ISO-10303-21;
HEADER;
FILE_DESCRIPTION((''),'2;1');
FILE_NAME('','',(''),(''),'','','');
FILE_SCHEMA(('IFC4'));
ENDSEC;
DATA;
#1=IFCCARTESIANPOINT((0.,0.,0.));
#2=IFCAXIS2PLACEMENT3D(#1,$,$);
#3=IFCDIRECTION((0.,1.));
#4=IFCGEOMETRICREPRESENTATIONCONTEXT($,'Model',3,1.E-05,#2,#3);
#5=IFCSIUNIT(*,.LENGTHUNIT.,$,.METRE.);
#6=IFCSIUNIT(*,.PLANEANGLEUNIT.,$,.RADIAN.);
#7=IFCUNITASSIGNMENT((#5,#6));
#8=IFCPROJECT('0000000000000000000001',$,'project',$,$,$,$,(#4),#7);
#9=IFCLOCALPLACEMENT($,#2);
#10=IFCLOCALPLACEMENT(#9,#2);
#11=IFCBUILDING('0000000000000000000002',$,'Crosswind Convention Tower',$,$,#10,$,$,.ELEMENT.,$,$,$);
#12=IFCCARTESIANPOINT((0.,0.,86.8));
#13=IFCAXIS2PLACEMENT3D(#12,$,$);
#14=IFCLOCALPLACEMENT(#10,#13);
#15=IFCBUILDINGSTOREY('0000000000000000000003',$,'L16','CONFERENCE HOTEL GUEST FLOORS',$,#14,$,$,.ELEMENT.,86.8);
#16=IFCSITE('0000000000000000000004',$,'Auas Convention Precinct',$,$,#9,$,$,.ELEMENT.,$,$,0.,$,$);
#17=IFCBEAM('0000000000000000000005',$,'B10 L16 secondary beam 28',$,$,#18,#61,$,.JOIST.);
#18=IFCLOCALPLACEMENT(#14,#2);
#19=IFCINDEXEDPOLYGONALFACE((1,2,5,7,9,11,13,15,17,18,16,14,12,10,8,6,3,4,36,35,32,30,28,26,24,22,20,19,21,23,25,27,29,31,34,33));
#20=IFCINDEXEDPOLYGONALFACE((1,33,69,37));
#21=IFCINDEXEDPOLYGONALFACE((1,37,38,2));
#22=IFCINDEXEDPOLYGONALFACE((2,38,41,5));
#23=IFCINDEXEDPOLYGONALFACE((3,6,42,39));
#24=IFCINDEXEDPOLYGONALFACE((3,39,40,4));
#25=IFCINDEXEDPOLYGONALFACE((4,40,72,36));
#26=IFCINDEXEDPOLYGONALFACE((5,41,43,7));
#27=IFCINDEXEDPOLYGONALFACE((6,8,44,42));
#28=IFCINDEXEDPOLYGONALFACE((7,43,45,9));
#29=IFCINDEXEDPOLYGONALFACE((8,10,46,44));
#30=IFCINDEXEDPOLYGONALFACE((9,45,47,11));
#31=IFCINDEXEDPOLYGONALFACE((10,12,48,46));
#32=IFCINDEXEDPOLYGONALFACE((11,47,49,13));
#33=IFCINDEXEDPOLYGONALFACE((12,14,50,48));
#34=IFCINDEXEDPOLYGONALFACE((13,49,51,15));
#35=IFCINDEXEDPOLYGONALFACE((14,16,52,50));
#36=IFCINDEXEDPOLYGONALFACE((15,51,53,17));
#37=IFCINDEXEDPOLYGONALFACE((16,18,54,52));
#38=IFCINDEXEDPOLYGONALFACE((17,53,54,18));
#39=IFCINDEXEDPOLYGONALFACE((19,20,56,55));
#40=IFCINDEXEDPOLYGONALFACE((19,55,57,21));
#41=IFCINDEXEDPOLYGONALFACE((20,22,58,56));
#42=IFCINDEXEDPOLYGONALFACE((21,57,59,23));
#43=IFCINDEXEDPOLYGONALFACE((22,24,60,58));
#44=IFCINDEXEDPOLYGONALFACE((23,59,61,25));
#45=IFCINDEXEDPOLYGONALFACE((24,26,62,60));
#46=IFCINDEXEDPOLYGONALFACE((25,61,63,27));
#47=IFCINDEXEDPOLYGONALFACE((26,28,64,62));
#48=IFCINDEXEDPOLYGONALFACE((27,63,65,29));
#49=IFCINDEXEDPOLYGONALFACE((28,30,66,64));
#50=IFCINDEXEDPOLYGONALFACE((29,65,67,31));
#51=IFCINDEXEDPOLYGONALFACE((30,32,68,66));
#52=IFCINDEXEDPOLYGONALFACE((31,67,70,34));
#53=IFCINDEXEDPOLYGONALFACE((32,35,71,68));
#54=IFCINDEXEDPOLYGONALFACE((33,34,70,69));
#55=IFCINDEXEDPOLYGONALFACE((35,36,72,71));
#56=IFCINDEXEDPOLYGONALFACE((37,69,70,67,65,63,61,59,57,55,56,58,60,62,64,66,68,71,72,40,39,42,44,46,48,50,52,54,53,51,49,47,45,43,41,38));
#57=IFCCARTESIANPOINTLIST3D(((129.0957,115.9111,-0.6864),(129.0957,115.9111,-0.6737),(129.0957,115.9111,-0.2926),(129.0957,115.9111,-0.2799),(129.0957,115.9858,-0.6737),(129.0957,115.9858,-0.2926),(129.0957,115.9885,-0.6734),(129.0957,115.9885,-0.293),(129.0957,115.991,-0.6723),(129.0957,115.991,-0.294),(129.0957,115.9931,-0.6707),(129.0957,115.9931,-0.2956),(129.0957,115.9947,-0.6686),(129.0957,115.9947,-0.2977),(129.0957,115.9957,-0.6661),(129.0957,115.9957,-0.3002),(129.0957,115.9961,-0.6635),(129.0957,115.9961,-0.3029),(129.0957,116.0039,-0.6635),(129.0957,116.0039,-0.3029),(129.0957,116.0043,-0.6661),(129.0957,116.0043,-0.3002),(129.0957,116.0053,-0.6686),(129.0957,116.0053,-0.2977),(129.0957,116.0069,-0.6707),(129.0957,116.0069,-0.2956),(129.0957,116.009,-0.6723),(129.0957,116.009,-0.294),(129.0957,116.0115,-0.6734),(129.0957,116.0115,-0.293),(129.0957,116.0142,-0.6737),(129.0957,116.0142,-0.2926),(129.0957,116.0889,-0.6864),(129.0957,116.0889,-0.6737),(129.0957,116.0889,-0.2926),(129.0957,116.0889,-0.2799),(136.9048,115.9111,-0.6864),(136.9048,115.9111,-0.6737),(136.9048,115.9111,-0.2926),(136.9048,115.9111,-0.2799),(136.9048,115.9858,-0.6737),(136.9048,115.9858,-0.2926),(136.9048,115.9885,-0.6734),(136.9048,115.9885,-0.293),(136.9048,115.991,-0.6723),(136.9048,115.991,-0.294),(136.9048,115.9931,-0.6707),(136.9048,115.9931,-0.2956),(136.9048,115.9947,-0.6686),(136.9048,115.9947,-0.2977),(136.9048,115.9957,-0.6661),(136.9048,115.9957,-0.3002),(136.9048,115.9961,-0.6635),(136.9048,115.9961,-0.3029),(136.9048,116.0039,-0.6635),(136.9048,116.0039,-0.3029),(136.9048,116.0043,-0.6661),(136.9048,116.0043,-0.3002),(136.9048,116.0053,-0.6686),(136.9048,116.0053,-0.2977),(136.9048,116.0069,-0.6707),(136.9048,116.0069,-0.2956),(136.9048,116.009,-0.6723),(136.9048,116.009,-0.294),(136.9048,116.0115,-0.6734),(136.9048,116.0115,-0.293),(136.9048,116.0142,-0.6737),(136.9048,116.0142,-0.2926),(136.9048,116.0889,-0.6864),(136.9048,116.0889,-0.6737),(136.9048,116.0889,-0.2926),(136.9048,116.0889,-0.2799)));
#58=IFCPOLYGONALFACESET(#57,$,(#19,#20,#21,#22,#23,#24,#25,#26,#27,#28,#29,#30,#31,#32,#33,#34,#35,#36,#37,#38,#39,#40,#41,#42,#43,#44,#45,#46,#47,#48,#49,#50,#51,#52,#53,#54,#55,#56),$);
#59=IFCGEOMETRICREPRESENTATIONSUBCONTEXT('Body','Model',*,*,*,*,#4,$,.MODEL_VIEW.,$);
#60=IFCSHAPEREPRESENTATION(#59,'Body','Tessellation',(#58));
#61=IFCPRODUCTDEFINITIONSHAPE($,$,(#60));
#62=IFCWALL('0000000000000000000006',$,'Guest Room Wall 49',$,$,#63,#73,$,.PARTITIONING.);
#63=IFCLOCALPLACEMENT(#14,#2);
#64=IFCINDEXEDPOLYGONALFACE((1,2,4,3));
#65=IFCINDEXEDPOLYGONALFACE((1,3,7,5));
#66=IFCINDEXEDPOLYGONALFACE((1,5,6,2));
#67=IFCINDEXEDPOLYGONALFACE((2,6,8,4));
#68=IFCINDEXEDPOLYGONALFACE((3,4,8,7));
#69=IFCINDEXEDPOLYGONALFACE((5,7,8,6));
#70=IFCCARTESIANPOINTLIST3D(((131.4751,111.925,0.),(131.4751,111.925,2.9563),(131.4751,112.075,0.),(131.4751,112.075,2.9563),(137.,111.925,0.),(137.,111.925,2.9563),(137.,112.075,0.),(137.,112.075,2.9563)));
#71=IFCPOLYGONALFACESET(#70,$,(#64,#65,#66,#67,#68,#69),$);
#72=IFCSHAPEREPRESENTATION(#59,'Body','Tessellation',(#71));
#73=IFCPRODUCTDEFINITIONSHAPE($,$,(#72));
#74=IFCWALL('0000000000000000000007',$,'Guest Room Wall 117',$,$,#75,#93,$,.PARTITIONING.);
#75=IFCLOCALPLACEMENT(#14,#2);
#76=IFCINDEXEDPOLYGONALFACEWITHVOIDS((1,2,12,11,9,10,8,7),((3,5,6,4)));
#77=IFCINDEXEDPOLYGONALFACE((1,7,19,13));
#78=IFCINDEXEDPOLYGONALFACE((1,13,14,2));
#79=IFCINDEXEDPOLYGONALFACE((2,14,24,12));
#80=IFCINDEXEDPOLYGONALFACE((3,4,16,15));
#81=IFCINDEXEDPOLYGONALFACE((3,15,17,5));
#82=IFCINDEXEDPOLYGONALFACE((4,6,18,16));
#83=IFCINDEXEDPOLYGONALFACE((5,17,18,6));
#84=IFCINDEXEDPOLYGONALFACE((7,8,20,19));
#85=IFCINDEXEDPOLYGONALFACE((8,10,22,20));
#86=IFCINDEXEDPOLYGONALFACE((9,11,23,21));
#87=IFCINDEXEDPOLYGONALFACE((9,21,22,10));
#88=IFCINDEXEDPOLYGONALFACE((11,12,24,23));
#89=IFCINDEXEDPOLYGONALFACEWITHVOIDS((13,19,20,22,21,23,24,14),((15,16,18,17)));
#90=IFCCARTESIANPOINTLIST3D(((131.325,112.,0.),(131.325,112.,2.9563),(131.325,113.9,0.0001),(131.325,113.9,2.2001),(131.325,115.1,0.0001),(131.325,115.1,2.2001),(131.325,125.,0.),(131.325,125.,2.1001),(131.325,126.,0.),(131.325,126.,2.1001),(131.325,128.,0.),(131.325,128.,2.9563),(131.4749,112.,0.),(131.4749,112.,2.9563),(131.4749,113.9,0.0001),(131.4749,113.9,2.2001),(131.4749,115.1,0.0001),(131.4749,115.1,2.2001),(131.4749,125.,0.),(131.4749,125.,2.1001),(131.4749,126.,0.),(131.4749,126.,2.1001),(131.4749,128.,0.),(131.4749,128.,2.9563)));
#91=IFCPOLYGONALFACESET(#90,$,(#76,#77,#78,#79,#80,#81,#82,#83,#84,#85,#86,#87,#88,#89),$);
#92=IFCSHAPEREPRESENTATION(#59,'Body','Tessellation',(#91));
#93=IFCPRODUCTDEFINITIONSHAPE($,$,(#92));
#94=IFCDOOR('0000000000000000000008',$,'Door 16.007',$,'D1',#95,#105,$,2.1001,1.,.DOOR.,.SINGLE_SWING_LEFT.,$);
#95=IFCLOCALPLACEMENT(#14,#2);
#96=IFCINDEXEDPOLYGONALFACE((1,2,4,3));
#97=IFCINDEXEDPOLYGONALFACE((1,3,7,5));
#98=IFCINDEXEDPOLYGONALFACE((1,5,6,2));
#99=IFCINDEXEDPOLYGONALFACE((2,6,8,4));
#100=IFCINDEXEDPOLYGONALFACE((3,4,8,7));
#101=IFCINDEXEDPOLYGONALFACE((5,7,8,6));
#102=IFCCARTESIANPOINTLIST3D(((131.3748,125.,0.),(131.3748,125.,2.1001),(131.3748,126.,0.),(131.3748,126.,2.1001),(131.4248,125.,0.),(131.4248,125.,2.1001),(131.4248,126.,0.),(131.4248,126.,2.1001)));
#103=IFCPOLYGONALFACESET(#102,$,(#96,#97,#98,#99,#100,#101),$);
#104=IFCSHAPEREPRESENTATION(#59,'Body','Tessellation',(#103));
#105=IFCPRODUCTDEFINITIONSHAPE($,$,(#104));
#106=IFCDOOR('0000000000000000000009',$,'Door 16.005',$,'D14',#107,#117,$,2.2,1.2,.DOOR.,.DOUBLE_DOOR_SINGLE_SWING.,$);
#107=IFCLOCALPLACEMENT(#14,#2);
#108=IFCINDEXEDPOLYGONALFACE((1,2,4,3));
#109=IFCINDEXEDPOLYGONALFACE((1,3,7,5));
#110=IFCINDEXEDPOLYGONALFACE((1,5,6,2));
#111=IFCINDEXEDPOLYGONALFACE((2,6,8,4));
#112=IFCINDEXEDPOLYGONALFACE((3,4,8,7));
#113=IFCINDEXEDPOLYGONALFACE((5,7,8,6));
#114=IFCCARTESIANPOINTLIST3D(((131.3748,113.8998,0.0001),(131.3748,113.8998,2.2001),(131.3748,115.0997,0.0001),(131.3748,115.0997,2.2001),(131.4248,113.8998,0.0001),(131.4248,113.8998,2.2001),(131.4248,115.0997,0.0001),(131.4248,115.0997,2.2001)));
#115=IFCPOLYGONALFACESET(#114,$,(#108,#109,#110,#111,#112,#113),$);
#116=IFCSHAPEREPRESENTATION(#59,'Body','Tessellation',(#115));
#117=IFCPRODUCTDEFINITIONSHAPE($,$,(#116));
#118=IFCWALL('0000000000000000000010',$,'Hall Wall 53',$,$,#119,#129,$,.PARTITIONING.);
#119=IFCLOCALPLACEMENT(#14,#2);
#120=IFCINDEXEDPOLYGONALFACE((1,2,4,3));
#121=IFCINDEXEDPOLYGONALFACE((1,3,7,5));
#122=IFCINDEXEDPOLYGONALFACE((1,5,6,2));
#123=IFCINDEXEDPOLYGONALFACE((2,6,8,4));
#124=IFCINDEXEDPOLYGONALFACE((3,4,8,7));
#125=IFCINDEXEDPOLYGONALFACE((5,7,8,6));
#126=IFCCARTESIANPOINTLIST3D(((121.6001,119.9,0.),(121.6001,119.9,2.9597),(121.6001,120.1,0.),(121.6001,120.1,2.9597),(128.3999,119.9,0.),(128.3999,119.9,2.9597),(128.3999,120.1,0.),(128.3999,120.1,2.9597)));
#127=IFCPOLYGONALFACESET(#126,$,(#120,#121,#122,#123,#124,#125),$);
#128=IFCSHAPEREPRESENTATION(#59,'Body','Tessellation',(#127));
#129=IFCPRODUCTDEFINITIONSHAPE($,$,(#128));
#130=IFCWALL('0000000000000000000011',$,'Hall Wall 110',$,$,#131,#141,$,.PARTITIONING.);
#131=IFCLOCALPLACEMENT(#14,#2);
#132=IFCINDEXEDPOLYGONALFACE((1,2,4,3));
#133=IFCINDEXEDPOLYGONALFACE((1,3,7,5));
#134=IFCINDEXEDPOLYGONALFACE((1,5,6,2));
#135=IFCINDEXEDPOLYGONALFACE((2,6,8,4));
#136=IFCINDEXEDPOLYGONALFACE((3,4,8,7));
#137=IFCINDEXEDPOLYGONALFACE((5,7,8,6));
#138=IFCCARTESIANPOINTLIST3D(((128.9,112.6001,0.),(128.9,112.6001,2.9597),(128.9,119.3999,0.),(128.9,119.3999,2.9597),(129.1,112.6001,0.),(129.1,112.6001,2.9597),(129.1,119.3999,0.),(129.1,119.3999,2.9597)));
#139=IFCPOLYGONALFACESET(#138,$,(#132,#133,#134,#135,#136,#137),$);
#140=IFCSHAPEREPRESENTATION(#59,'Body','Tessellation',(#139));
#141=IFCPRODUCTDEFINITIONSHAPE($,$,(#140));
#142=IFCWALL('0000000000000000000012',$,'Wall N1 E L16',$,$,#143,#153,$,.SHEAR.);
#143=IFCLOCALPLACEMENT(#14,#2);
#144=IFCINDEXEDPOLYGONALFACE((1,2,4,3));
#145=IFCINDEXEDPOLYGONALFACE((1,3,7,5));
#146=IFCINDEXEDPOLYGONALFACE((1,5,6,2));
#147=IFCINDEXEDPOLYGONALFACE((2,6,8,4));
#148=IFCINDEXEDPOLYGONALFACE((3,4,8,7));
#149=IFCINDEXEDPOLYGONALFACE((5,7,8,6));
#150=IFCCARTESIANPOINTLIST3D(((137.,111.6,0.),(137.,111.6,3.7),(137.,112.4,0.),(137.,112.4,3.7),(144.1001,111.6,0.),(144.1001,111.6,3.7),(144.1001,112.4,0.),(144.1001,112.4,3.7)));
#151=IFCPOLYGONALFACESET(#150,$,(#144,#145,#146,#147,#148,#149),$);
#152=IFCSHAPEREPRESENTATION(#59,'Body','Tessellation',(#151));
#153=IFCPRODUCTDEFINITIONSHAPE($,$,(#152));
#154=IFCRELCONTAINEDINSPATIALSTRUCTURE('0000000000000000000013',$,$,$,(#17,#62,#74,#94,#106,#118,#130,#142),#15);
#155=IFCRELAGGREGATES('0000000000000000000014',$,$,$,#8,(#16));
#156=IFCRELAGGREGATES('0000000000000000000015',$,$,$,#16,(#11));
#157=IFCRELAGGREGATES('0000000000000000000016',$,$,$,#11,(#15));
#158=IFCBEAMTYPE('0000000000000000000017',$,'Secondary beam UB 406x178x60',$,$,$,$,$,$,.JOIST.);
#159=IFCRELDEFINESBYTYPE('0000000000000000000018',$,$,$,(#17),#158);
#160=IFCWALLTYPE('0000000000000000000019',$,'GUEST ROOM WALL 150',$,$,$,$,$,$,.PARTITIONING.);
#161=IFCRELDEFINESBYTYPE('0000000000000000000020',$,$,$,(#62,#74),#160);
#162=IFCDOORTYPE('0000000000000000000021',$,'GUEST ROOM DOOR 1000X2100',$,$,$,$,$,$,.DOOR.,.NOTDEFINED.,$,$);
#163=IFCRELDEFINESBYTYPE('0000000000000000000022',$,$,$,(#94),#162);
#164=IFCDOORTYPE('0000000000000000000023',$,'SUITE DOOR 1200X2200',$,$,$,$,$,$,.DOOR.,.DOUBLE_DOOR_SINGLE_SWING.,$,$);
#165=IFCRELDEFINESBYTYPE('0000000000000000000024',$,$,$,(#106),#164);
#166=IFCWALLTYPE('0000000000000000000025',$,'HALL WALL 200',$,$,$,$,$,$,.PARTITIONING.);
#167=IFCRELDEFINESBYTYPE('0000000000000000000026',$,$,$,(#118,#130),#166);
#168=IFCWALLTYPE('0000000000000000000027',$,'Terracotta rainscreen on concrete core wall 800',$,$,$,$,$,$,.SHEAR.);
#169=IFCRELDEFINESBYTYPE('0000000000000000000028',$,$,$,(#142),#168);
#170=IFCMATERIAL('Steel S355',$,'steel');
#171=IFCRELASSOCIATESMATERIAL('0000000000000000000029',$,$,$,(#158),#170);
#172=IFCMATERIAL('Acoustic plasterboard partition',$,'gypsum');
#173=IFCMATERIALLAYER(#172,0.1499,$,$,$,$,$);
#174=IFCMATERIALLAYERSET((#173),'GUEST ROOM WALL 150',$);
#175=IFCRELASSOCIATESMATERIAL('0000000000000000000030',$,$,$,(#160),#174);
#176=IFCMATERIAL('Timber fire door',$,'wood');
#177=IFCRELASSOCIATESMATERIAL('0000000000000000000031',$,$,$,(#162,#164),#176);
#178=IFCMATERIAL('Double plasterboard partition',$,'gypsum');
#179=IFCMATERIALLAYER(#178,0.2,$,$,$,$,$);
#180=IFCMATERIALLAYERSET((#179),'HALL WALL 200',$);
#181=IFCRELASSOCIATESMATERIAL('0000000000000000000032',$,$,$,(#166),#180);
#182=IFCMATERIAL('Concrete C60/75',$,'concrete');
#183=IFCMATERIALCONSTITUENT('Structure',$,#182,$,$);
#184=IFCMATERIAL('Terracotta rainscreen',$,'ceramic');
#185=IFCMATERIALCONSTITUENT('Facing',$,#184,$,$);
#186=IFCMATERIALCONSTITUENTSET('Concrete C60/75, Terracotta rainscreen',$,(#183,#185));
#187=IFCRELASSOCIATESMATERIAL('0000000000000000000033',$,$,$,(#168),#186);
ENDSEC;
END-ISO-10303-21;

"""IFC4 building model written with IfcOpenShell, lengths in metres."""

from ifc_helpers import new_model, si_unit, direction, frame, frame_2d, origin, origin_2d, place, context, subcontext, project, spatial, rectangle, i_section, extrude, material, layer, layer_set, constituent, constituent_set, material_profile, profile_set, type_object, element, fill, save


model = new_model("IFC4")

# Units and contexts
model_context = context("Model", 3, precision=1e-05, world=origin(), true_north=direction((0.0, 1.0)))
body_context = subcontext(model_context, "Body", "Model", "MODEL_VIEW")
ifc_project = project(units=[si_unit("LENGTHUNIT", "METRE"), si_unit("PLANEANGLEUNIT", "RADIAN")], contexts=[model_context])

# Site, building, storey
site_placement = place(None, origin())
site = spatial("IfcSite", under=ifc_project, at=site_placement, Name="Auas Convention Precinct", CompositionType="ELEMENT", RefElevation=0.0)
building_placement = place(site_placement, origin())
building = spatial("IfcBuilding", under=site, at=building_placement, Name="Crosswind Convention Tower", CompositionType="ELEMENT")
storey_placement = place(building_placement, frame((0.0, 0.0, 86.8)))
storey = spatial("IfcBuildingStorey", under=building, at=storey_placement, Name="L16", Description="CONFERENCE HOTEL GUEST FLOORS", CompositionType="ELEMENT", Elevation=86.8)

# Beam
ifc_material_1 = material(Name="Steel S355", Category="steel")
ifc_material_profile_1 = material_profile(ifc_material_1, i_section(OverallWidth=0.1777, OverallDepth=0.4065, WebThickness=0.0078, FlangeThickness=0.0127, FilletRadius=0.0103, at=origin_2d()), Name="UB 406x178x60")
ifc_profile_set_1 = profile_set([ifc_material_profile_1], Name="Steel S355")
beam_type_1 = type_object("IfcBeamType", Name="Secondary beam UB 406x178x60", PredefinedType="JOIST", material=ifc_profile_set_1)
beam_1_placement = place(storey_placement, frame((129.0957, 116.0, -0.4832), z_axis=(1.0, 0.0, 0.0), x_axis=(0.0, 1.0, 0.0)))
element("IfcBeam", 1, at=beam_1_placement, inside=storey, type_object=beam_type_1, Name="B10 L16 secondary beam 28", PredefinedType="JOIST", context=body_context, shape_type="SweptSolid", body=[
    extrude(i_section(OverallWidth=0.1777, OverallDepth=0.4065, WebThickness=0.0078, FlangeThickness=0.0127, FilletRadius=0.0103, at=origin_2d()), origin(), (0.0, 0.0, 1.0), 7.8091),
])

# Wall
ifc_material_2 = material(Name="Acoustic plasterboard partition", Category="gypsum")
ifc_layer_1 = layer(ifc_material_2, 0.1499)
ifc_layer_set_1 = layer_set([ifc_layer_1], Name="GUEST ROOM WALL 150")
wall_type_1 = type_object("IfcWallType", Name="GUEST ROOM WALL 150", PredefinedType="PARTITIONING", material=ifc_layer_set_1)
wall_1_placement = place(storey_placement, frame((131.4751, 112.0, 0.0), z_axis=(0.0, 0.0, 1.0), x_axis=(1.0, 0.0, 0.0)))
element("IfcWall", 2, at=wall_1_placement, inside=storey, type_object=wall_type_1, Name="Guest Room Wall 49", PredefinedType="PARTITIONING", context=body_context, shape_type="SweptSolid", body=[
    extrude(rectangle(XDim=5.5249, YDim=0.1499, at=frame_2d((2.7625, 0.0))), origin(), (0.0, 0.0, 1.0), 2.9563),
])

# Wall, openings, doors
wall_2_placement = place(storey_placement, frame((131.3999, 112.0, 0.0), z_axis=(0.0, 0.0, 1.0), x_axis=(0.0, 1.0, 0.0)))
wall_2 = element("IfcWall", 3, at=wall_2_placement, inside=storey, type_object=wall_type_1, Name="Guest Room Wall 117", PredefinedType="PARTITIONING", context=body_context, shape_type="SweptSolid", body=[
    extrude(rectangle(XDim=16.0, YDim=0.1499, at=frame_2d((8.0, 0.0))), origin(), (0.0, 0.0, 1.0), 2.9563),
])
opening_1_placement = place(wall_2_placement, frame((1.8999, 0.0, 0.0)))
opening_1 = element("IfcOpeningElement", 4, at=opening_1_placement, cuts=wall_2, PredefinedType="OPENING", context=body_context, shape_type="SweptSolid", body=[
    extrude(rectangle(XDim=1.2, YDim=2.2, at=frame_2d((0.6001, 1.1001))), frame((0.0, 0.085, 0.0), z_axis=(0.0, -1.0, 0.0), x_axis=(1.0, 0.0, 0.0)), (0.0, 0.0, 1.0), 0.1699),
])
opening_2_placement = place(wall_2_placement, frame((13.0, 0.0, 0.0)))
opening_2 = element("IfcOpeningElement", 5, at=opening_2_placement, cuts=wall_2, PredefinedType="OPENING", context=body_context, shape_type="SweptSolid", body=[
    extrude(rectangle(XDim=1.0, YDim=2.1001, at=frame_2d((0.5, 1.05))), frame((0.0, 0.085, 0.0), z_axis=(0.0, -1.0, 0.0), x_axis=(1.0, 0.0, 0.0)), (0.0, 0.0, 1.0), 0.1699),
])
ifc_material_3 = material(Name="Timber fire door", Category="wood")
door_type_1 = type_object("IfcDoorType", Name="GUEST ROOM DOOR 1000X2100", OperationType="NOTDEFINED", PredefinedType="DOOR", material=ifc_material_3)
door_1_placement = place(opening_2_placement, frame((1.0, 0.0, 0.0), z_axis=(0.0, 0.0, 1.0), x_axis=(-1.0, 0.0, 0.0)))
door_1 = element("IfcDoor", 6, at=door_1_placement, inside=storey, type_object=door_type_1, Name="Door 16.007", ObjectType="D1", OperationType="SINGLE_SWING_LEFT", OverallHeight=2.1001, OverallWidth=1.0, PredefinedType="DOOR", context=body_context, shape_type="SweptSolid", body=[
    extrude(rectangle(XDim=1.0, YDim=2.1001, at=frame_2d((0.5, 1.05))), frame((0.0, 0.0249, 0.0), z_axis=(0.0, -1.0, 0.0), x_axis=(1.0, 0.0, 0.0)), (0.0, 0.0, 1.0), 0.05),
])
fill(opening_2, door_1)
door_type_2 = type_object("IfcDoorType", Name="SUITE DOOR 1200X2200", OperationType="DOUBLE_DOOR_SINGLE_SWING", PredefinedType="DOOR", material=ifc_material_3)
door_2_placement = place(opening_1_placement, frame((1.2, 0.0, 0.0), z_axis=(0.0, 0.0, 1.0), x_axis=(-1.0, 0.0, 0.0)))
door_2 = element("IfcDoor", 7, at=door_2_placement, inside=storey, type_object=door_type_2, Name="Door 16.005", ObjectType="D14", OperationType="DOUBLE_DOOR_SINGLE_SWING", OverallHeight=2.2, OverallWidth=1.2, PredefinedType="DOOR", context=body_context, shape_type="SweptSolid", body=[
    extrude(rectangle(XDim=1.2, YDim=2.2, at=frame_2d((0.6001, 1.1001))), frame((0.0, 0.0249, 0.0), z_axis=(0.0, -1.0, 0.0), x_axis=(1.0, 0.0, 0.0)), (0.0, 0.0, 1.0), 0.05),
])
fill(opening_1, door_2)

# Walls
ifc_material_4 = material(Name="Double plasterboard partition", Category="gypsum")
ifc_layer_2 = layer(ifc_material_4, 0.2)
ifc_layer_set_2 = layer_set([ifc_layer_2], Name="HALL WALL 200")
wall_type_2 = type_object("IfcWallType", Name="HALL WALL 200", PredefinedType="PARTITIONING", material=ifc_layer_set_2)
for number, where, z_axis, x_axis, name in (
    (8, (121.6001, 120.0, 0.0), (0.0, 0.0, 1.0), (1.0, 0.0, 0.0), "Hall Wall 53"),
    (9, (129.0, 112.6001, 0.0), (0.0, 0.0, 1.0), (0.0, 1.0, 0.0), "Hall Wall 110"),
):
    element("IfcWall", number, at=place(storey_placement, frame(where, z_axis=z_axis, x_axis=x_axis)), inside=storey, type_object=wall_type_2, Name=name, PredefinedType="PARTITIONING", context=body_context, shape_type="SweptSolid", body=[
        extrude(rectangle(XDim=6.7998, YDim=0.2, at=frame_2d((3.3999, 0.0))), origin(), (0.0, 0.0, 1.0), 2.9597),
    ])
ifc_material_5 = material(Name="Concrete C60/75", Category="concrete")
ifc_constituent_1 = constituent(ifc_material_5, Name="Structure")
ifc_material_6 = material(Name="Terracotta rainscreen", Category="ceramic")
ifc_constituent_2 = constituent(ifc_material_6, Name="Facing")
ifc_constituent_set = constituent_set(constituents=[ifc_constituent_1, ifc_constituent_2], Name="Concrete C60/75, Terracotta rainscreen")
wall_type_3 = type_object("IfcWallType", Name="Terracotta rainscreen on concrete core wall 800", PredefinedType="SHEAR", material=ifc_constituent_set)
wall_3_placement = place(storey_placement, frame((137.0, 112.0, 0.0), z_axis=(0.0, 0.0, 1.0), x_axis=(1.0, 0.0, 0.0)))
element("IfcWall", 10, at=wall_3_placement, inside=storey, type_object=wall_type_3, Name="Wall N1 E L16", PredefinedType="SHEAR", context=body_context, shape_type="SweptSolid", body=[
    extrude(rectangle(XDim=7.1001, YDim=0.8, at=frame_2d((3.55, 0.0))), origin(), (0.0, 0.0, 1.0), 3.7),
])

save(model, "model.ifc")
